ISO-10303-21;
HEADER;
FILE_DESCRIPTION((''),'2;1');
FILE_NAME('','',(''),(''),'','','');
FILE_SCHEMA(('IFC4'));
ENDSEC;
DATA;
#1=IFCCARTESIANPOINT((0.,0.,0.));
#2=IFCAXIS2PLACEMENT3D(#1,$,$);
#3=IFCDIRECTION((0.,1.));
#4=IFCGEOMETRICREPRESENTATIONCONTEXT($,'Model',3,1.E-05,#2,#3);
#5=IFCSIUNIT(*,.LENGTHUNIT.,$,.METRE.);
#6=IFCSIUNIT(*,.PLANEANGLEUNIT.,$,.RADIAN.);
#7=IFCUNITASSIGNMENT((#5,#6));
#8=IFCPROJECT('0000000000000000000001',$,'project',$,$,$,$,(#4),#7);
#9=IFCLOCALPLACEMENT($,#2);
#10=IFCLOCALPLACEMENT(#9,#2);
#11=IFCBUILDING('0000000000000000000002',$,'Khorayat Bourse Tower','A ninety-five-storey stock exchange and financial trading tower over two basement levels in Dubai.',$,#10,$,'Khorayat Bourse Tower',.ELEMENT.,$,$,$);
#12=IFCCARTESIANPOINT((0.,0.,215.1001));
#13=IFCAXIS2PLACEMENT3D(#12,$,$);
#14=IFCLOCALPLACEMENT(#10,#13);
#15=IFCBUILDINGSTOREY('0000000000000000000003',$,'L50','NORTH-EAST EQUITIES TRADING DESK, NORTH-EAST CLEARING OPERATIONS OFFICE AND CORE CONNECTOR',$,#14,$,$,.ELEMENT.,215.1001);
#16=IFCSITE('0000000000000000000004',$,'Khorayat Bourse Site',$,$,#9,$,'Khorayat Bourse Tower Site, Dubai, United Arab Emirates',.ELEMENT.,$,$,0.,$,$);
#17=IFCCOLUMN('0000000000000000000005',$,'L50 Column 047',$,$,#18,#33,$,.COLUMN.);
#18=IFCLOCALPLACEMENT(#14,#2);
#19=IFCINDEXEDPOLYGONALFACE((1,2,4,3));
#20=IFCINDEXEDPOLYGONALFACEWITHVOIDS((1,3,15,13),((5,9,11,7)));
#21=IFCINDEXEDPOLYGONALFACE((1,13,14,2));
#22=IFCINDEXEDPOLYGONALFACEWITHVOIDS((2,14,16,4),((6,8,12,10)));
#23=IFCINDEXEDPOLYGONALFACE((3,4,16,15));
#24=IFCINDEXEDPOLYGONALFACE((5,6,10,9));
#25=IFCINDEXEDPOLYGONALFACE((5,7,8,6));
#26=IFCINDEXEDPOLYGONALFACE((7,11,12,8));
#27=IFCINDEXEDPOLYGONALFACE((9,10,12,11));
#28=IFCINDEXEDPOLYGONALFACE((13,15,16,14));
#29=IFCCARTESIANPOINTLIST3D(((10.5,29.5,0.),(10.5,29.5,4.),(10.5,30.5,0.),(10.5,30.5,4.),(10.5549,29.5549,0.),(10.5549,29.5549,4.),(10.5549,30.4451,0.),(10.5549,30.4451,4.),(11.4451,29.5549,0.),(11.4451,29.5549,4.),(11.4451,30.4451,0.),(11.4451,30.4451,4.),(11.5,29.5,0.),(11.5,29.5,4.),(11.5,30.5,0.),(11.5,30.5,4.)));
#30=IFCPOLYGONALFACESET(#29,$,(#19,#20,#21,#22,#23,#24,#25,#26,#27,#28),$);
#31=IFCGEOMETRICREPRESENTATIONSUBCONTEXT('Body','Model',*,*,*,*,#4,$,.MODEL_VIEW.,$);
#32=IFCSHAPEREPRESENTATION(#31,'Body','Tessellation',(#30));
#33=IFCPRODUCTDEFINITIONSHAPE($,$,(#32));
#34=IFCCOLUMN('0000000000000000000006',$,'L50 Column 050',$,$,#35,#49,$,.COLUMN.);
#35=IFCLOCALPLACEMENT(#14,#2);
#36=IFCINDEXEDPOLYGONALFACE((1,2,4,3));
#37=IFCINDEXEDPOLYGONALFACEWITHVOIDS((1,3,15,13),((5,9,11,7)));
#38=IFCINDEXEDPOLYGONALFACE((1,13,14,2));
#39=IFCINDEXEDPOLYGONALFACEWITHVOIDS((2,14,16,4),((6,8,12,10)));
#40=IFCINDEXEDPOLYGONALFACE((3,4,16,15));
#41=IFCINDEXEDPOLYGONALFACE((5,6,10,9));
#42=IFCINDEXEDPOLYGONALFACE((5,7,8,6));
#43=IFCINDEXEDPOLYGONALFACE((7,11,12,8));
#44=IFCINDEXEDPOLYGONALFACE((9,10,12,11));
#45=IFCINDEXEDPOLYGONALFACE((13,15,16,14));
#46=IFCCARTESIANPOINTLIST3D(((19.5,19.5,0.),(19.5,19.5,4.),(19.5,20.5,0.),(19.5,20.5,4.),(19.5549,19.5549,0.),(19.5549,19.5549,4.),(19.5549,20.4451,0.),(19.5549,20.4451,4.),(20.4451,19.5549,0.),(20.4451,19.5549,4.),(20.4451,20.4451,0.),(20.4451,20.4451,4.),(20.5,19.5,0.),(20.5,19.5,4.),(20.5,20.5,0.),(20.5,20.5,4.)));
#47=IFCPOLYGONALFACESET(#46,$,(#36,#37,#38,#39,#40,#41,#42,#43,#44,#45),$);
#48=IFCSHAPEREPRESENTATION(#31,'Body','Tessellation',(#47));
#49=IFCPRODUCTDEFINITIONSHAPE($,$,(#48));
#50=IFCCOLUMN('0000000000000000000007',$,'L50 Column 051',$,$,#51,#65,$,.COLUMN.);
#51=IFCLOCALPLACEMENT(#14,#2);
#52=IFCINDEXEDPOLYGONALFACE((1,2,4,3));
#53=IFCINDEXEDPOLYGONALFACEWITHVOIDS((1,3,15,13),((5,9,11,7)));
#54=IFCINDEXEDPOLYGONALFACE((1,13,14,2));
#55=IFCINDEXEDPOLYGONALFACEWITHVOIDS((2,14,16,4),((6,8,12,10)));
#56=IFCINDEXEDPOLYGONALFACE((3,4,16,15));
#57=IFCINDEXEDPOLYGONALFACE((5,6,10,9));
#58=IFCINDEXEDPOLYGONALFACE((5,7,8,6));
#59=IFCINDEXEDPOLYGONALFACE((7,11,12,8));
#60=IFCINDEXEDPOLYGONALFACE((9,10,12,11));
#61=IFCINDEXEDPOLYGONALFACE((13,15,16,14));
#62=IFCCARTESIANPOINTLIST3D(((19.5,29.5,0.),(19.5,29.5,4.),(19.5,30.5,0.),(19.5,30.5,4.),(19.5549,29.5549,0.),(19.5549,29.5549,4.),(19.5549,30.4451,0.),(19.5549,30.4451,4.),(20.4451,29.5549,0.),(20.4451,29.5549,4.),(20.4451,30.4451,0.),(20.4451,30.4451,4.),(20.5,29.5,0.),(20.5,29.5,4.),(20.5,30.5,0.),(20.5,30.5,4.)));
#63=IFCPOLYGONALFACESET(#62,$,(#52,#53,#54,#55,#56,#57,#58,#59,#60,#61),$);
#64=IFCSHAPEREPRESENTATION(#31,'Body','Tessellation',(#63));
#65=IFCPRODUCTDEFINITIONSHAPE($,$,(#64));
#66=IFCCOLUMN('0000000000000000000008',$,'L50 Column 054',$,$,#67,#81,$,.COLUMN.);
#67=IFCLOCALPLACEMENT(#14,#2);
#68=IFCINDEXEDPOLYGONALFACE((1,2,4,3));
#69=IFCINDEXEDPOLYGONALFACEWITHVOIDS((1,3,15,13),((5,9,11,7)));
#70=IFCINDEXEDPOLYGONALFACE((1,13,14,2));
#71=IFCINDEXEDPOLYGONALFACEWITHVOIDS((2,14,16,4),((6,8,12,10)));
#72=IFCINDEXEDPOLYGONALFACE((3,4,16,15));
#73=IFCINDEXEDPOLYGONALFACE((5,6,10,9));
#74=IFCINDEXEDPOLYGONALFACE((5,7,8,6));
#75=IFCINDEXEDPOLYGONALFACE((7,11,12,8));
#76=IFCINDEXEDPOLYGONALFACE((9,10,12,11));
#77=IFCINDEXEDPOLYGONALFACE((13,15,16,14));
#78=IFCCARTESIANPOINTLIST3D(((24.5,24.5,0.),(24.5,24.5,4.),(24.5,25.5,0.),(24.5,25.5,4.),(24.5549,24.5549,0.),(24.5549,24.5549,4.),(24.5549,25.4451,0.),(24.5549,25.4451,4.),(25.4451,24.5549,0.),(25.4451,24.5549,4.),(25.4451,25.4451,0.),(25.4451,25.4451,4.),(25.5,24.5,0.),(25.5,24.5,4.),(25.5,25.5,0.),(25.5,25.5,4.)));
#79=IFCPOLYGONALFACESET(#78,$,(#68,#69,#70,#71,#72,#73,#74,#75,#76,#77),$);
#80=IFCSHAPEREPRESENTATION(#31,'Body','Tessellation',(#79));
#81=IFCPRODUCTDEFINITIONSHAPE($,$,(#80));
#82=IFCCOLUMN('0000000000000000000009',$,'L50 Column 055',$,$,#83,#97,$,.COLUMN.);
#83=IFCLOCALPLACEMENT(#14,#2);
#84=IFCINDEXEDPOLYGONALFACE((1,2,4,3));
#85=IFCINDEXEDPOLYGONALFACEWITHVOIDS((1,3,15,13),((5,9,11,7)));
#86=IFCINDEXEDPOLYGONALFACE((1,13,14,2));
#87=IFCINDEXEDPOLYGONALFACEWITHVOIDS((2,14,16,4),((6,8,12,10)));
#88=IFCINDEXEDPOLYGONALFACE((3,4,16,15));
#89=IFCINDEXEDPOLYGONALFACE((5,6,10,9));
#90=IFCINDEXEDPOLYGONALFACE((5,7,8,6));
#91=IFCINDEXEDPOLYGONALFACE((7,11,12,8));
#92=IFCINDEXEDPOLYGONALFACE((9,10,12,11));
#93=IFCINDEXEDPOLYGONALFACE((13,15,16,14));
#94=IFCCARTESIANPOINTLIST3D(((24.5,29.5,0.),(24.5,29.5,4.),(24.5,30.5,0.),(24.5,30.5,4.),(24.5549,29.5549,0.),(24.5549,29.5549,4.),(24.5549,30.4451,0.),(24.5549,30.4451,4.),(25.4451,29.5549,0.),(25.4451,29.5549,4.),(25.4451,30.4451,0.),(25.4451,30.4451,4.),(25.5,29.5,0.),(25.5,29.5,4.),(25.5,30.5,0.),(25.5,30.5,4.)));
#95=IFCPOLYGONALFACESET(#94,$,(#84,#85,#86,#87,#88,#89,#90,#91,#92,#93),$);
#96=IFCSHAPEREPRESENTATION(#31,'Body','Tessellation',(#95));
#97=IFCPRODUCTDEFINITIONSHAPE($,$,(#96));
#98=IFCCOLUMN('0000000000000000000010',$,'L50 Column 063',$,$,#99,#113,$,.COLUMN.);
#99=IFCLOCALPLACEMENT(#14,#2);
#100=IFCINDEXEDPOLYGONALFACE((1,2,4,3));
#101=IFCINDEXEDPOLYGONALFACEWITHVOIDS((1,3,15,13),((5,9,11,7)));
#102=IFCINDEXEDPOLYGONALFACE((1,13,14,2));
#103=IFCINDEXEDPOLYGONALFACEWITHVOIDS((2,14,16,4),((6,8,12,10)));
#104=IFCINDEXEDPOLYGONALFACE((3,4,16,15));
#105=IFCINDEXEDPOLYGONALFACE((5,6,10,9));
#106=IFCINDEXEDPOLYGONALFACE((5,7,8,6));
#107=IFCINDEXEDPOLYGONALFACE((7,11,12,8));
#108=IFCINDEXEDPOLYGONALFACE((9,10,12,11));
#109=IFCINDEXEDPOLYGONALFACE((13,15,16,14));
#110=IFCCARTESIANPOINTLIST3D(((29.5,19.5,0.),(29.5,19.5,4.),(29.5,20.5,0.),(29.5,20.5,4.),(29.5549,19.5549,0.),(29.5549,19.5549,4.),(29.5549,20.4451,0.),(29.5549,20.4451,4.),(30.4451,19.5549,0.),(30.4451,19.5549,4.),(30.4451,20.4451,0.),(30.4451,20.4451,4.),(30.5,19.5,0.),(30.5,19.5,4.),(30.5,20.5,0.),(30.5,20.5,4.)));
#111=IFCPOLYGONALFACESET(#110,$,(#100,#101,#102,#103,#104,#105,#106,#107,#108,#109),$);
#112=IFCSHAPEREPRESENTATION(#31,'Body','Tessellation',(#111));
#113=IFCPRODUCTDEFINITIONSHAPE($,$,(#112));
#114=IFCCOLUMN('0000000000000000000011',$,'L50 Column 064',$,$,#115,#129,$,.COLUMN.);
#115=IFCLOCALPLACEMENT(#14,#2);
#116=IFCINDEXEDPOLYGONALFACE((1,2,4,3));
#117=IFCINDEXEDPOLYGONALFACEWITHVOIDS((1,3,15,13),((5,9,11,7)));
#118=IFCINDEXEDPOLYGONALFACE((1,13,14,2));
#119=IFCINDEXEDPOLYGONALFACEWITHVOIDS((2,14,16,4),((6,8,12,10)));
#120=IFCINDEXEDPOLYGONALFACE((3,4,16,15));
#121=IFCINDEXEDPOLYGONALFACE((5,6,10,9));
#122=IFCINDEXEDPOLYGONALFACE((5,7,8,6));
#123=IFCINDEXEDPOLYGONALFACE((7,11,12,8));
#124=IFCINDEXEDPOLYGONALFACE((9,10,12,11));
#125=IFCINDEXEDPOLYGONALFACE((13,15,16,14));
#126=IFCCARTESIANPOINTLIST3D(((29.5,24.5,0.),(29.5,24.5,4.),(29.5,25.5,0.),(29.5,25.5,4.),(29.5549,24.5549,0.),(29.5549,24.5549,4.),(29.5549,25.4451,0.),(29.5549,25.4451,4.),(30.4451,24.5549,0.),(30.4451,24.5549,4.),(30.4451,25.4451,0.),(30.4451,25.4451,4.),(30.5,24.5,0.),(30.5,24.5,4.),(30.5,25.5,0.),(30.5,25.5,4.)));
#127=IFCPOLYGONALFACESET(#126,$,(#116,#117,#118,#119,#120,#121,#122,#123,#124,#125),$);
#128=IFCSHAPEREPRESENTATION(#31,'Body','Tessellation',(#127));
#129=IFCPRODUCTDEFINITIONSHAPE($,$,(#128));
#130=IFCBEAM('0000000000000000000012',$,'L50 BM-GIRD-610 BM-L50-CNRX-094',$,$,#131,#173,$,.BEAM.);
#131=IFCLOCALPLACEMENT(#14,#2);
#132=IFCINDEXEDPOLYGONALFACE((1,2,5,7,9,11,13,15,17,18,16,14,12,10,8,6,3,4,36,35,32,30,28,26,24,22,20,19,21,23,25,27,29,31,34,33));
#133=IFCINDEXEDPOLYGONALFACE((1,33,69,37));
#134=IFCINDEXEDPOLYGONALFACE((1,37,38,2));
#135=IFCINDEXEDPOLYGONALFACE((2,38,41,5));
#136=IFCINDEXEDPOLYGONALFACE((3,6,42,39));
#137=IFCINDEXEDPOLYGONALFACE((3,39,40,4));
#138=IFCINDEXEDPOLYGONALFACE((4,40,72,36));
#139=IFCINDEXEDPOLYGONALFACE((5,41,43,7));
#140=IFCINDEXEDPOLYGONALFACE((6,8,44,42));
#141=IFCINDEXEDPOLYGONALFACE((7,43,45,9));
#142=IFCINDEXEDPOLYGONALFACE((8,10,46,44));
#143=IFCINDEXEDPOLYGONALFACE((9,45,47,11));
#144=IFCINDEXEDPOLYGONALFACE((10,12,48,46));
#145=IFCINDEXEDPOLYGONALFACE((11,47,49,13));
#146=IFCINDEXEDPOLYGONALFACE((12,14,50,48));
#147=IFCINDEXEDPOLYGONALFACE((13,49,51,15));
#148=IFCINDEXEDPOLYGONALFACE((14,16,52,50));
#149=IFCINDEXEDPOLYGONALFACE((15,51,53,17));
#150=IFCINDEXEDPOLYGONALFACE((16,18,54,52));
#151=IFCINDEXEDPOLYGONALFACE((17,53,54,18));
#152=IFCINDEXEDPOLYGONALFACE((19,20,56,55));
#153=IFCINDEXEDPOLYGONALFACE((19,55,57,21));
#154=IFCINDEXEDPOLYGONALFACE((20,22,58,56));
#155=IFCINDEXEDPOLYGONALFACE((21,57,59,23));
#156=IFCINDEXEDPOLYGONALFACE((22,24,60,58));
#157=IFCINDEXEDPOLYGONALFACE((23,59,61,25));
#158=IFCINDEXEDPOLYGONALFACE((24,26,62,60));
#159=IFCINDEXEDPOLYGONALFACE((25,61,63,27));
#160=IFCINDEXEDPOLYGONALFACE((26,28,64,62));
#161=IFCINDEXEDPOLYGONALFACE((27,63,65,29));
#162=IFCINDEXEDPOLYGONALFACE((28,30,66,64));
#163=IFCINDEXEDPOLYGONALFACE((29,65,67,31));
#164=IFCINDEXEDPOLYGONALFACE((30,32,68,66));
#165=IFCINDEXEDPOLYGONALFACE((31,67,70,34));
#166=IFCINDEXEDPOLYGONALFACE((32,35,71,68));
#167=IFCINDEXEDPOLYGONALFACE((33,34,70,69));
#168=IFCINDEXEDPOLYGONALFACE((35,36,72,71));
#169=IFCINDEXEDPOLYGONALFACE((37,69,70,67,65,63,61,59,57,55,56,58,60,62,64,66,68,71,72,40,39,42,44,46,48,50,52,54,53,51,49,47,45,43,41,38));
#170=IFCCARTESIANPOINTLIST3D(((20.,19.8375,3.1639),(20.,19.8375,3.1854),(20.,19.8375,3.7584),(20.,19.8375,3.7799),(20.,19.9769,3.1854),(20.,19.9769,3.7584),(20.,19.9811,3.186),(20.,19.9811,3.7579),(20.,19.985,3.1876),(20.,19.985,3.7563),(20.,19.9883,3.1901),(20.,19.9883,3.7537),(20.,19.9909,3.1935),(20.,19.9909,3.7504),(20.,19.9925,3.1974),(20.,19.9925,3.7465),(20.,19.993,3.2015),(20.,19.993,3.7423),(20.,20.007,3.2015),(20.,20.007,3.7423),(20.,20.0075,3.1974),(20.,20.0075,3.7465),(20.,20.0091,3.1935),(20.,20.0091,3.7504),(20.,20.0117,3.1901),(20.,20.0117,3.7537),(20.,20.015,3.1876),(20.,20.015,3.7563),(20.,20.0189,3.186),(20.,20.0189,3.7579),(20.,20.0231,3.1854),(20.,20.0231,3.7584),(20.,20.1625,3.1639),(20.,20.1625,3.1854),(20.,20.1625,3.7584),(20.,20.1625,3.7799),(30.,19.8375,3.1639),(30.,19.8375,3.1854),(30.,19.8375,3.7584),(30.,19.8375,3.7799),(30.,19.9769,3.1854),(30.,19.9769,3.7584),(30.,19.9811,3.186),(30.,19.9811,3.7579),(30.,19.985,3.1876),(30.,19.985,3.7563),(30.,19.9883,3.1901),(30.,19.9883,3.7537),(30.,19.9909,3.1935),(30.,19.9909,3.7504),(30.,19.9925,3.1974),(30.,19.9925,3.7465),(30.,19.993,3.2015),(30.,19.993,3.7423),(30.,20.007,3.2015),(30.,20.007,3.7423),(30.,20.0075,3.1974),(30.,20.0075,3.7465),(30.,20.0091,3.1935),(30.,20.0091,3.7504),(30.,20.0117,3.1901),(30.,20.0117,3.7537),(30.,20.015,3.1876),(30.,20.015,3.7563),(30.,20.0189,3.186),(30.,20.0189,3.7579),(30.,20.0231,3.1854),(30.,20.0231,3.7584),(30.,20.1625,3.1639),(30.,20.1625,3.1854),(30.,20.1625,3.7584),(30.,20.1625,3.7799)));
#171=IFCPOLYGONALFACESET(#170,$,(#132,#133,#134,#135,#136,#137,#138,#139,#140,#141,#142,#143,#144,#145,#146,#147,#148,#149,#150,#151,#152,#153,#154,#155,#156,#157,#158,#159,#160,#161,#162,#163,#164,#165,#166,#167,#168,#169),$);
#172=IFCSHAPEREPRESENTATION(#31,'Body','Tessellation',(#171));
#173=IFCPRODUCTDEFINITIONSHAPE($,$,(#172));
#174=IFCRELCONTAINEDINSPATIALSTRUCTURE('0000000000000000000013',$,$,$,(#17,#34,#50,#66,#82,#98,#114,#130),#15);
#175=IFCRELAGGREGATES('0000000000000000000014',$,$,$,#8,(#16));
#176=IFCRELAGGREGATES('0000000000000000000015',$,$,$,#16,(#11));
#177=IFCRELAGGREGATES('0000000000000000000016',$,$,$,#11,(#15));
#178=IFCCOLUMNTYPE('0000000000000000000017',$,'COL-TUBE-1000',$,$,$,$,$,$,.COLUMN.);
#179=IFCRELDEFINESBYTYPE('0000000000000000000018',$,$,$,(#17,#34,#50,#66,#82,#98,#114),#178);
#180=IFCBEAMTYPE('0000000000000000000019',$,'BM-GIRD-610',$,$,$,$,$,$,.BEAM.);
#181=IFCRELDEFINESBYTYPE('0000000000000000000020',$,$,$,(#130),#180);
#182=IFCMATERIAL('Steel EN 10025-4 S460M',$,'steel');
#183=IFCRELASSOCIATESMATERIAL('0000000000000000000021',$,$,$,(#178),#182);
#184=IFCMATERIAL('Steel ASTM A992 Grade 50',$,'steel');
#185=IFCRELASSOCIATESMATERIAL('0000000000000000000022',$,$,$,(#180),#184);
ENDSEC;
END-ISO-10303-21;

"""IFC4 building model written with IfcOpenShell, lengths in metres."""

from ifc_helpers import new_model, si_unit, direction, frame, origin, origin_2d, place, context, subcontext, project, spatial, hollow_rectangle, i_section, extrude, source, transform, mapped, material, material_profile, profile_set, type_object, element, save


model = new_model("IFC4")

# Units and contexts
model_context = context("Model", 3, precision=1e-05, world=origin(), true_north=direction((0.0, 1.0)))
body_context = subcontext(model_context, "Body", "Model", "MODEL_VIEW")
ifc_project = project(units=[si_unit("LENGTHUNIT", "METRE"), si_unit("PLANEANGLEUNIT", "RADIAN")], contexts=[model_context])

# Site, building, storey
site_placement = place(None, origin())
site = spatial("IfcSite", under=ifc_project, at=site_placement, Name="Khorayat Bourse Site", LongName="Khorayat Bourse Tower Site, Dubai, United Arab Emirates", CompositionType="ELEMENT", RefElevation=0.0)
building_placement = place(site_placement, origin())
building = spatial("IfcBuilding", under=site, at=building_placement, Name="Khorayat Bourse Tower", Description="A ninety-five-storey stock exchange and financial trading tower over two basement levels in Dubai.", LongName="Khorayat Bourse Tower", CompositionType="ELEMENT")
storey_placement = place(building_placement, frame((0.0, 0.0, 215.1001)))
storey = spatial("IfcBuildingStorey", under=building, at=storey_placement, Name="L50", Description="NORTH-EAST EQUITIES TRADING DESK, NORTH-EAST CLEARING OPERATIONS OFFICE AND CORE CONNECTOR", CompositionType="ELEMENT", Elevation=215.1001)

# Columns
ifc_material_1 = material(Name="Steel EN 10025-4 S460M", Category="steel")
ifc_material_profile_1 = material_profile(ifc_material_1, hollow_rectangle(XDim=1.0, YDim=1.0, WallThickness=0.0549, at=origin_2d()), Name="BOX 1000x1000x55")
ifc_profile_set_1 = profile_set([ifc_material_profile_1], Name="Steel EN 10025-4 S460M")
column_type = type_object("IfcColumnType", Name="COL-TUBE-1000", PredefinedType="COLUMN", material=ifc_profile_set_1)
shared_shape_1 = source(origin(), body_context, "Body", "SweptSolid", [
    extrude(hollow_rectangle(XDim=1.0, YDim=1.0, WallThickness=0.0549, at=origin_2d()), origin(), (0.0, 0.0, 1.0), 4.0),
])
for number, where, z_axis, x_axis, name in (
    (1, (11.0, 30.0, 0.0), (0.0, 0.0, 1.0), (1.0, 0.0, 0.0), "L50 Column 047"),
    (2, (20.0, 20.0, 0.0), (0.0, 0.0, 1.0), (1.0, 0.0, 0.0), "L50 Column 050"),
    (3, (20.0, 30.0, 0.0), (0.0, 0.0, 1.0), (1.0, 0.0, 0.0), "L50 Column 051"),
    (4, (25.0, 25.0, 0.0), (0.0, 0.0, 1.0), (1.0, 0.0, 0.0), "L50 Column 054"),
    (5, (25.0, 30.0, 0.0), (0.0, 0.0, 1.0), (1.0, 0.0, 0.0), "L50 Column 055"),
    (6, (30.0, 20.0, 0.0), (0.0, 0.0, 1.0), (1.0, 0.0, 0.0), "L50 Column 063"),
    (7, (30.0, 25.0, 0.0), (0.0, 0.0, 1.0), (1.0, 0.0, 0.0), "L50 Column 064"),
):
    element("IfcColumn", number, at=place(storey_placement, frame(where, z_axis=z_axis, x_axis=x_axis)), inside=storey, type_object=column_type, Name=name, PredefinedType="COLUMN", context=body_context, shape_type="MappedRepresentation", body=[
        mapped(shared_shape_1, transform((0.0, 0.0, 0.0), scale=1.0)),
    ])

# Beam
ifc_material_2 = material(Name="Steel ASTM A992 Grade 50", Category="steel")
ifc_material_profile_2 = material_profile(ifc_material_2, i_section(OverallWidth=0.325, OverallDepth=0.616, WebThickness=0.0139, FlangeThickness=0.0215, FilletRadius=0.0161, at=origin_2d()), Name="W610X174")
ifc_profile_set_2 = profile_set([ifc_material_profile_2], Name="Steel ASTM A992 Grade 50")
beam_type_1 = type_object("IfcBeamType", Name="BM-GIRD-610", PredefinedType="BEAM", material=ifc_profile_set_2)
shared_shape_2 = source(origin(), body_context, "Body", "SweptSolid", [
    extrude(i_section(OverallWidth=0.325, OverallDepth=0.616, WebThickness=0.0139, FlangeThickness=0.0215, FilletRadius=0.0161, at=origin_2d()), origin(), (0.0, 0.0, 1.0), 10.0),
])
beam_1_placement = place(storey_placement, frame((20.0, 20.0, 3.4719), z_axis=(1.0, 0.0, 0.0), x_axis=(0.0, 1.0, 0.0)))
element("IfcBeam", 8, at=beam_1_placement, inside=storey, type_object=beam_type_1, Name="L50 BM-GIRD-610 BM-L50-CNRX-094", PredefinedType="BEAM", context=body_context, shape_type="MappedRepresentation", body=[
    mapped(shared_shape_2, transform((0.0, 0.0, 0.0), scale=1.0)),
])

save(model, "model.ifc")
